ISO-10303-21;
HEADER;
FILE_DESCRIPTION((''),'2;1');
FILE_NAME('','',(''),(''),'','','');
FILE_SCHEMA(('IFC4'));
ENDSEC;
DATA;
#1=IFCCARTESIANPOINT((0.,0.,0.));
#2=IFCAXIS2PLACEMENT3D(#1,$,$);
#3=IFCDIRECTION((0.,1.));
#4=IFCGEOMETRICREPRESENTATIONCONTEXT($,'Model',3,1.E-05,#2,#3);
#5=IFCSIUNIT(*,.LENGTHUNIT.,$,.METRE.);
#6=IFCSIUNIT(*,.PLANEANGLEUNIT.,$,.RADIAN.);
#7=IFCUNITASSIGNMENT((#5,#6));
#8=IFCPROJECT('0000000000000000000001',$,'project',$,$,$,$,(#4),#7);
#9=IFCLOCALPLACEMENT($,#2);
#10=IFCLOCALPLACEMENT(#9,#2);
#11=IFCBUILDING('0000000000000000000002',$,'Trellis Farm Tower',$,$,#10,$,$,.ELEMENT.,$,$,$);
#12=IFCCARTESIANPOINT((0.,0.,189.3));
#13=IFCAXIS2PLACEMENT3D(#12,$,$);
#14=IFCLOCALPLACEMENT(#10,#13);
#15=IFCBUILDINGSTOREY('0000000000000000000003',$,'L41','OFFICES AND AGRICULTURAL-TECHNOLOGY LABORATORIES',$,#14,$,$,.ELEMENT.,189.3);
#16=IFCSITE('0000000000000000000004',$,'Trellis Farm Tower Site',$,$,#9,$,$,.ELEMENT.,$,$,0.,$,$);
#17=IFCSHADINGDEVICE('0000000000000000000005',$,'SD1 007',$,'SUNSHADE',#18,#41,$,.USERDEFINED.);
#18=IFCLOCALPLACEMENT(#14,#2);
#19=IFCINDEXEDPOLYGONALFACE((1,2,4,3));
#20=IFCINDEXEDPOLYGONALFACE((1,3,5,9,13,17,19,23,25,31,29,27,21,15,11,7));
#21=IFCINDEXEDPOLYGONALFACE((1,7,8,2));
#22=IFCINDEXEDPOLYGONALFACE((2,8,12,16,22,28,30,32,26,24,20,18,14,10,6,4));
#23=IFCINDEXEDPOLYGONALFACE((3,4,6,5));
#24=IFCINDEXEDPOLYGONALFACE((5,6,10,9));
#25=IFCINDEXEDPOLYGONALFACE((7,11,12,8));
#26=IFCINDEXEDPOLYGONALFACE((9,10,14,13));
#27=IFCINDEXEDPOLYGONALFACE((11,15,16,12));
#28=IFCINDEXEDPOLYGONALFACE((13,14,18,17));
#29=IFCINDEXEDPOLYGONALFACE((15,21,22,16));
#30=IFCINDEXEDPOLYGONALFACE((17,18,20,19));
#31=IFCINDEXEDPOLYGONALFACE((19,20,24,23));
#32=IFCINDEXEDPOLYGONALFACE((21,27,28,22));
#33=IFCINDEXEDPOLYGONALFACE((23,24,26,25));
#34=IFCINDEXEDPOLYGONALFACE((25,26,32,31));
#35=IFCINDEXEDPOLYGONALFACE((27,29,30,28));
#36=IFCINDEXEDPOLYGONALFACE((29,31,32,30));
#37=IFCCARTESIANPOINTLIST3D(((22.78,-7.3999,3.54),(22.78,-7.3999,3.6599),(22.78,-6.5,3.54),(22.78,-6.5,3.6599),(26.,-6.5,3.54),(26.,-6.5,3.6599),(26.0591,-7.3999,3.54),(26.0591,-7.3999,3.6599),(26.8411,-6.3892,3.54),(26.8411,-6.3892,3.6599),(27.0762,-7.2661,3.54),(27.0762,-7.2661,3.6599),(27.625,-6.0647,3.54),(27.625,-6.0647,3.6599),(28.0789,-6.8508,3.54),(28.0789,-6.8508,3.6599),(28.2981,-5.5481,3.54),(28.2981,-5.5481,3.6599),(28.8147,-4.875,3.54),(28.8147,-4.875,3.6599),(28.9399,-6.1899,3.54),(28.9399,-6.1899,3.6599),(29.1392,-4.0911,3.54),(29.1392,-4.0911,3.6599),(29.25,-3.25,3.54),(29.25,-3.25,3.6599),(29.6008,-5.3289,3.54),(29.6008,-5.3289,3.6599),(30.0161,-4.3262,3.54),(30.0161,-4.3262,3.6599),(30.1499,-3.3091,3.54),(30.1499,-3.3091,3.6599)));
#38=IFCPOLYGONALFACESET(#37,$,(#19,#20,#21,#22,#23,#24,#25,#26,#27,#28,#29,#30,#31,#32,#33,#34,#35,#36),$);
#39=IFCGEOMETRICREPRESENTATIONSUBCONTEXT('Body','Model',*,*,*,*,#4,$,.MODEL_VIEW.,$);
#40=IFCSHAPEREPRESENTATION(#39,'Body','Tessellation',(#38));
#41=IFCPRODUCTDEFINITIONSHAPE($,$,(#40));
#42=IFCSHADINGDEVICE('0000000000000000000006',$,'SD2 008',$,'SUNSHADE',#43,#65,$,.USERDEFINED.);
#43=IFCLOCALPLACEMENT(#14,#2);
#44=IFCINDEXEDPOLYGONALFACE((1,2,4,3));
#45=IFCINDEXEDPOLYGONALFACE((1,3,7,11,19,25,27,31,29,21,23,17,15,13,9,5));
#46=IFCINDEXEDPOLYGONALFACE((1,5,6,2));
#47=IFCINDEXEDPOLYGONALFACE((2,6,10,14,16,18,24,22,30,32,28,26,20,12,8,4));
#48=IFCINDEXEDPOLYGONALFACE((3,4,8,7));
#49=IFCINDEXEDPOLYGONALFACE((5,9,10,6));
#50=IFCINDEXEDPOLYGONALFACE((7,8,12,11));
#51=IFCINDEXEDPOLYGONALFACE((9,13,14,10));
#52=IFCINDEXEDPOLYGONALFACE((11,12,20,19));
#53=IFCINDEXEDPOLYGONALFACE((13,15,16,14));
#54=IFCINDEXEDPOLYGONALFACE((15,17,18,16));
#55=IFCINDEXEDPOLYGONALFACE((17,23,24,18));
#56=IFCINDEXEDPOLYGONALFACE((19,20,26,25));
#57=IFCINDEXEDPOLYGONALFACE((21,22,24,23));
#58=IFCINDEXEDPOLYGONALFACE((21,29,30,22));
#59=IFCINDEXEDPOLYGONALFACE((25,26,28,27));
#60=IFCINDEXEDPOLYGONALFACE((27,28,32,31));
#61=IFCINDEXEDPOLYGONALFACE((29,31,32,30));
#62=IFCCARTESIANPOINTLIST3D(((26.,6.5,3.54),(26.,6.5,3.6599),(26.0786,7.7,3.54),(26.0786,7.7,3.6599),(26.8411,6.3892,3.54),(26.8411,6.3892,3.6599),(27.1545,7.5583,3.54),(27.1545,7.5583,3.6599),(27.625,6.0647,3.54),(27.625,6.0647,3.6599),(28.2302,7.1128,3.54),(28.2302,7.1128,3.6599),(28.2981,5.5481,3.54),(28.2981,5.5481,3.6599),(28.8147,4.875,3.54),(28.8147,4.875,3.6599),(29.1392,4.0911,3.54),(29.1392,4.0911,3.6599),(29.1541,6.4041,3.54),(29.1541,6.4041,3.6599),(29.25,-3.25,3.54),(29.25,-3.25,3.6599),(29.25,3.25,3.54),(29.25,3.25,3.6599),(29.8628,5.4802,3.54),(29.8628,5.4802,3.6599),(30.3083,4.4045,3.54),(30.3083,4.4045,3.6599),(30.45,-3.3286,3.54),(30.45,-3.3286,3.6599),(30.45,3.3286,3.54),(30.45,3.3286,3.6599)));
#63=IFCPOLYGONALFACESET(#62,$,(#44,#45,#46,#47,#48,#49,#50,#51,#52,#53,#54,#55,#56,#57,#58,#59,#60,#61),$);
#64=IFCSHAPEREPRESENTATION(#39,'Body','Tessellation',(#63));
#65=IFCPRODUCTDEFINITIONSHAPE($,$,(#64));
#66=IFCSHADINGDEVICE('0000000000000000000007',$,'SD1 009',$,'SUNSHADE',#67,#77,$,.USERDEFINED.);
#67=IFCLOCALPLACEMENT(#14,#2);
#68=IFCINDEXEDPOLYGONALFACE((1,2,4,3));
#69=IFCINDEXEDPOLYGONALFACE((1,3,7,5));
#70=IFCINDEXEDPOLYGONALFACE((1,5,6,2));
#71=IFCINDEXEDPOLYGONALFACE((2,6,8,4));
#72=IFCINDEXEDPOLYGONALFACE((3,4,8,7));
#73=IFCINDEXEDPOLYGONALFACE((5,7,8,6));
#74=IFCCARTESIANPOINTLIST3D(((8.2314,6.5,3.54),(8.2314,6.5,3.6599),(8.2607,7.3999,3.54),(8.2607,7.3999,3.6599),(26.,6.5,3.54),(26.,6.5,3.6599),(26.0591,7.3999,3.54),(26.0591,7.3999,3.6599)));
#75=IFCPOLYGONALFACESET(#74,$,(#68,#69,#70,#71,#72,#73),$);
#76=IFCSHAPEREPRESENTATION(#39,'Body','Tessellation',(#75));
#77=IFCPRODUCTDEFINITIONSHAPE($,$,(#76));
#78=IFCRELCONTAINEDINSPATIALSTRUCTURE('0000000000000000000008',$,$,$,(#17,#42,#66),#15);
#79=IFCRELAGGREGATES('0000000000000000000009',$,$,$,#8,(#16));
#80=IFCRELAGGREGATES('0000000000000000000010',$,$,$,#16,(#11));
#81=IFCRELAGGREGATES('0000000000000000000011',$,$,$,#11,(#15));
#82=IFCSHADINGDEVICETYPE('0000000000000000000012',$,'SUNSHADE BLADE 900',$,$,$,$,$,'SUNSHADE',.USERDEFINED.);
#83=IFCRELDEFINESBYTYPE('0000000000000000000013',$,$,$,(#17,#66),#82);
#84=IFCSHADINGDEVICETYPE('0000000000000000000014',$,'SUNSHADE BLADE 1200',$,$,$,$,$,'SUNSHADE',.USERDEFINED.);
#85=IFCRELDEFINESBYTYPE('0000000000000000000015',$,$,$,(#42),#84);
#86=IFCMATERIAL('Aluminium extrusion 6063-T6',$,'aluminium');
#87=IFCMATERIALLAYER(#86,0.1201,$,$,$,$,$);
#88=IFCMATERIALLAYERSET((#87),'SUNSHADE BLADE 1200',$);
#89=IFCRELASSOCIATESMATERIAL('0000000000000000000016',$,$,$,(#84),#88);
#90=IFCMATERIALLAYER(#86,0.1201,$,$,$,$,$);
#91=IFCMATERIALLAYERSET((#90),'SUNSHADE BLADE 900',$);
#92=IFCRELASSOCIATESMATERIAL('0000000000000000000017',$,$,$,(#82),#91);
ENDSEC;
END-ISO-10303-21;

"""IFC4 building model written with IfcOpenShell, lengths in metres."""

from ifc_helpers import new_model, si_unit, direction, frame, origin, place, context, subcontext, project, spatial, polyline, outline, extrude, source, transform, mapped, material, layer, layer_set, type_object, element, save


model = new_model("IFC4")

# Units and contexts
model_context = context("Model", 3, precision=1e-05, world=origin(), true_north=direction((0.0, 1.0)))
body_context = subcontext(model_context, "Body", "Model", "MODEL_VIEW")
ifc_project = project(units=[si_unit("LENGTHUNIT", "METRE"), si_unit("PLANEANGLEUNIT", "RADIAN")], contexts=[model_context])

# Site, building, storey
site_placement = place(None, origin())
site = spatial("IfcSite", under=ifc_project, at=site_placement, Name="Trellis Farm Tower Site", CompositionType="ELEMENT", RefElevation=0.0)
building_placement = place(site_placement, origin())
building = spatial("IfcBuilding", under=site, at=building_placement, Name="Trellis Farm Tower", CompositionType="ELEMENT")
storey_placement = place(building_placement, frame((0.0, 0.0, 189.3)))
storey = spatial("IfcBuildingStorey", under=building, at=storey_placement, Name="L41", Description="OFFICES AND AGRICULTURAL-TECHNOLOGY LABORATORIES", CompositionType="ELEMENT", Elevation=189.3)

# Shared definitions
ifc_material_1 = material(Name="Aluminium extrusion 6063-T6", Category="aluminium")

# Shading devices
ifc_layer_1 = layer(ifc_material_1, 0.1201)
ifc_layer_set_1 = layer_set([ifc_layer_1], Name="SUNSHADE BLADE 1200")
shading_device_type_1 = type_object("IfcShadingDeviceType", Name="SUNSHADE BLADE 1200", ElementType="SUNSHADE", PredefinedType="USERDEFINED", material=ifc_layer_set_1)
placement_1 = place(storey_placement, frame((0.0, 0.0, 3.54)))
ifc_layer_2 = layer(ifc_material_1, 0.1201)
ifc_layer_set_2 = layer_set([ifc_layer_2], Name="SUNSHADE BLADE 900")
shading_device_type_2 = type_object("IfcShadingDeviceType", Name="SUNSHADE BLADE 900", ElementType="SUNSHADE", PredefinedType="USERDEFINED", material=ifc_layer_set_2)
shared_shape_1 = source(origin(), body_context, "Body", "SweptSolid", [
    extrude(outline(polyline([(22.78, -7.3999), (26.0591, -7.3999), (27.0762, -7.2661), (28.0789, -6.8508), (28.9399, -6.1899), (29.6008, -5.3289), (30.0161, -4.3262), (30.1499, -3.3091), (29.25, -3.25), (29.1392, -4.0911), (28.8147, -4.875), (28.2981, -5.5481), (27.625, -6.0647), (26.8411, -6.3892), (26.0, -6.5), (22.78, -6.5), (22.78, -7.3999)])), origin(), (0.0, 0.0, 1.0), 0.1199),
])
element("IfcShadingDevice", 1, at=placement_1, inside=storey, type_object=shading_device_type_2, Name="SD1 007", ObjectType="SUNSHADE", PredefinedType="USERDEFINED", context=body_context, shape_type="MappedRepresentation", body=[
    mapped(shared_shape_1, transform((0.0, 0.0, 0.0))),
])
shared_shape_2 = source(origin(), body_context, "Body", "SweptSolid", [
    extrude(outline(polyline([(30.45, -3.3286), (30.45, 3.3286), (30.3083, 4.4045), (29.8628, 5.4802), (29.1541, 6.4041), (28.2302, 7.1128), (27.1545, 7.5583), (26.0786, 7.7), (26.0, 6.5), (26.8411, 6.3892), (27.625, 6.0647), (28.2981, 5.5481), (28.8147, 4.875), (29.1392, 4.0911), (29.25, 3.25), (29.25, -3.25), (30.45, -3.3286)])), origin(), (0.0, 0.0, 1.0), 0.1199),
])
element("IfcShadingDevice", 2, at=placement_1, inside=storey, type_object=shading_device_type_1, Name="SD2 008", ObjectType="SUNSHADE", PredefinedType="USERDEFINED", context=body_context, shape_type="MappedRepresentation", body=[
    mapped(shared_shape_2, transform((0.0, 0.0, 0.0))),
])
shared_shape_3 = source(origin(), body_context, "Body", "SweptSolid", [
    extrude(outline(polyline([(26.0591, 7.3999), (8.2607, 7.3999), (8.2314, 6.5), (26.0, 6.5), (26.0591, 7.3999)])), origin(), (0.0, 0.0, 1.0), 0.1199),
])
element("IfcShadingDevice", 3, at=placement_1, inside=storey, type_object=shading_device_type_2, Name="SD1 009", ObjectType="SUNSHADE", PredefinedType="USERDEFINED", context=body_context, shape_type="MappedRepresentation", body=[
    mapped(shared_shape_3, transform((0.0, 0.0, 0.0))),
])

save(model, "model.ifc")
